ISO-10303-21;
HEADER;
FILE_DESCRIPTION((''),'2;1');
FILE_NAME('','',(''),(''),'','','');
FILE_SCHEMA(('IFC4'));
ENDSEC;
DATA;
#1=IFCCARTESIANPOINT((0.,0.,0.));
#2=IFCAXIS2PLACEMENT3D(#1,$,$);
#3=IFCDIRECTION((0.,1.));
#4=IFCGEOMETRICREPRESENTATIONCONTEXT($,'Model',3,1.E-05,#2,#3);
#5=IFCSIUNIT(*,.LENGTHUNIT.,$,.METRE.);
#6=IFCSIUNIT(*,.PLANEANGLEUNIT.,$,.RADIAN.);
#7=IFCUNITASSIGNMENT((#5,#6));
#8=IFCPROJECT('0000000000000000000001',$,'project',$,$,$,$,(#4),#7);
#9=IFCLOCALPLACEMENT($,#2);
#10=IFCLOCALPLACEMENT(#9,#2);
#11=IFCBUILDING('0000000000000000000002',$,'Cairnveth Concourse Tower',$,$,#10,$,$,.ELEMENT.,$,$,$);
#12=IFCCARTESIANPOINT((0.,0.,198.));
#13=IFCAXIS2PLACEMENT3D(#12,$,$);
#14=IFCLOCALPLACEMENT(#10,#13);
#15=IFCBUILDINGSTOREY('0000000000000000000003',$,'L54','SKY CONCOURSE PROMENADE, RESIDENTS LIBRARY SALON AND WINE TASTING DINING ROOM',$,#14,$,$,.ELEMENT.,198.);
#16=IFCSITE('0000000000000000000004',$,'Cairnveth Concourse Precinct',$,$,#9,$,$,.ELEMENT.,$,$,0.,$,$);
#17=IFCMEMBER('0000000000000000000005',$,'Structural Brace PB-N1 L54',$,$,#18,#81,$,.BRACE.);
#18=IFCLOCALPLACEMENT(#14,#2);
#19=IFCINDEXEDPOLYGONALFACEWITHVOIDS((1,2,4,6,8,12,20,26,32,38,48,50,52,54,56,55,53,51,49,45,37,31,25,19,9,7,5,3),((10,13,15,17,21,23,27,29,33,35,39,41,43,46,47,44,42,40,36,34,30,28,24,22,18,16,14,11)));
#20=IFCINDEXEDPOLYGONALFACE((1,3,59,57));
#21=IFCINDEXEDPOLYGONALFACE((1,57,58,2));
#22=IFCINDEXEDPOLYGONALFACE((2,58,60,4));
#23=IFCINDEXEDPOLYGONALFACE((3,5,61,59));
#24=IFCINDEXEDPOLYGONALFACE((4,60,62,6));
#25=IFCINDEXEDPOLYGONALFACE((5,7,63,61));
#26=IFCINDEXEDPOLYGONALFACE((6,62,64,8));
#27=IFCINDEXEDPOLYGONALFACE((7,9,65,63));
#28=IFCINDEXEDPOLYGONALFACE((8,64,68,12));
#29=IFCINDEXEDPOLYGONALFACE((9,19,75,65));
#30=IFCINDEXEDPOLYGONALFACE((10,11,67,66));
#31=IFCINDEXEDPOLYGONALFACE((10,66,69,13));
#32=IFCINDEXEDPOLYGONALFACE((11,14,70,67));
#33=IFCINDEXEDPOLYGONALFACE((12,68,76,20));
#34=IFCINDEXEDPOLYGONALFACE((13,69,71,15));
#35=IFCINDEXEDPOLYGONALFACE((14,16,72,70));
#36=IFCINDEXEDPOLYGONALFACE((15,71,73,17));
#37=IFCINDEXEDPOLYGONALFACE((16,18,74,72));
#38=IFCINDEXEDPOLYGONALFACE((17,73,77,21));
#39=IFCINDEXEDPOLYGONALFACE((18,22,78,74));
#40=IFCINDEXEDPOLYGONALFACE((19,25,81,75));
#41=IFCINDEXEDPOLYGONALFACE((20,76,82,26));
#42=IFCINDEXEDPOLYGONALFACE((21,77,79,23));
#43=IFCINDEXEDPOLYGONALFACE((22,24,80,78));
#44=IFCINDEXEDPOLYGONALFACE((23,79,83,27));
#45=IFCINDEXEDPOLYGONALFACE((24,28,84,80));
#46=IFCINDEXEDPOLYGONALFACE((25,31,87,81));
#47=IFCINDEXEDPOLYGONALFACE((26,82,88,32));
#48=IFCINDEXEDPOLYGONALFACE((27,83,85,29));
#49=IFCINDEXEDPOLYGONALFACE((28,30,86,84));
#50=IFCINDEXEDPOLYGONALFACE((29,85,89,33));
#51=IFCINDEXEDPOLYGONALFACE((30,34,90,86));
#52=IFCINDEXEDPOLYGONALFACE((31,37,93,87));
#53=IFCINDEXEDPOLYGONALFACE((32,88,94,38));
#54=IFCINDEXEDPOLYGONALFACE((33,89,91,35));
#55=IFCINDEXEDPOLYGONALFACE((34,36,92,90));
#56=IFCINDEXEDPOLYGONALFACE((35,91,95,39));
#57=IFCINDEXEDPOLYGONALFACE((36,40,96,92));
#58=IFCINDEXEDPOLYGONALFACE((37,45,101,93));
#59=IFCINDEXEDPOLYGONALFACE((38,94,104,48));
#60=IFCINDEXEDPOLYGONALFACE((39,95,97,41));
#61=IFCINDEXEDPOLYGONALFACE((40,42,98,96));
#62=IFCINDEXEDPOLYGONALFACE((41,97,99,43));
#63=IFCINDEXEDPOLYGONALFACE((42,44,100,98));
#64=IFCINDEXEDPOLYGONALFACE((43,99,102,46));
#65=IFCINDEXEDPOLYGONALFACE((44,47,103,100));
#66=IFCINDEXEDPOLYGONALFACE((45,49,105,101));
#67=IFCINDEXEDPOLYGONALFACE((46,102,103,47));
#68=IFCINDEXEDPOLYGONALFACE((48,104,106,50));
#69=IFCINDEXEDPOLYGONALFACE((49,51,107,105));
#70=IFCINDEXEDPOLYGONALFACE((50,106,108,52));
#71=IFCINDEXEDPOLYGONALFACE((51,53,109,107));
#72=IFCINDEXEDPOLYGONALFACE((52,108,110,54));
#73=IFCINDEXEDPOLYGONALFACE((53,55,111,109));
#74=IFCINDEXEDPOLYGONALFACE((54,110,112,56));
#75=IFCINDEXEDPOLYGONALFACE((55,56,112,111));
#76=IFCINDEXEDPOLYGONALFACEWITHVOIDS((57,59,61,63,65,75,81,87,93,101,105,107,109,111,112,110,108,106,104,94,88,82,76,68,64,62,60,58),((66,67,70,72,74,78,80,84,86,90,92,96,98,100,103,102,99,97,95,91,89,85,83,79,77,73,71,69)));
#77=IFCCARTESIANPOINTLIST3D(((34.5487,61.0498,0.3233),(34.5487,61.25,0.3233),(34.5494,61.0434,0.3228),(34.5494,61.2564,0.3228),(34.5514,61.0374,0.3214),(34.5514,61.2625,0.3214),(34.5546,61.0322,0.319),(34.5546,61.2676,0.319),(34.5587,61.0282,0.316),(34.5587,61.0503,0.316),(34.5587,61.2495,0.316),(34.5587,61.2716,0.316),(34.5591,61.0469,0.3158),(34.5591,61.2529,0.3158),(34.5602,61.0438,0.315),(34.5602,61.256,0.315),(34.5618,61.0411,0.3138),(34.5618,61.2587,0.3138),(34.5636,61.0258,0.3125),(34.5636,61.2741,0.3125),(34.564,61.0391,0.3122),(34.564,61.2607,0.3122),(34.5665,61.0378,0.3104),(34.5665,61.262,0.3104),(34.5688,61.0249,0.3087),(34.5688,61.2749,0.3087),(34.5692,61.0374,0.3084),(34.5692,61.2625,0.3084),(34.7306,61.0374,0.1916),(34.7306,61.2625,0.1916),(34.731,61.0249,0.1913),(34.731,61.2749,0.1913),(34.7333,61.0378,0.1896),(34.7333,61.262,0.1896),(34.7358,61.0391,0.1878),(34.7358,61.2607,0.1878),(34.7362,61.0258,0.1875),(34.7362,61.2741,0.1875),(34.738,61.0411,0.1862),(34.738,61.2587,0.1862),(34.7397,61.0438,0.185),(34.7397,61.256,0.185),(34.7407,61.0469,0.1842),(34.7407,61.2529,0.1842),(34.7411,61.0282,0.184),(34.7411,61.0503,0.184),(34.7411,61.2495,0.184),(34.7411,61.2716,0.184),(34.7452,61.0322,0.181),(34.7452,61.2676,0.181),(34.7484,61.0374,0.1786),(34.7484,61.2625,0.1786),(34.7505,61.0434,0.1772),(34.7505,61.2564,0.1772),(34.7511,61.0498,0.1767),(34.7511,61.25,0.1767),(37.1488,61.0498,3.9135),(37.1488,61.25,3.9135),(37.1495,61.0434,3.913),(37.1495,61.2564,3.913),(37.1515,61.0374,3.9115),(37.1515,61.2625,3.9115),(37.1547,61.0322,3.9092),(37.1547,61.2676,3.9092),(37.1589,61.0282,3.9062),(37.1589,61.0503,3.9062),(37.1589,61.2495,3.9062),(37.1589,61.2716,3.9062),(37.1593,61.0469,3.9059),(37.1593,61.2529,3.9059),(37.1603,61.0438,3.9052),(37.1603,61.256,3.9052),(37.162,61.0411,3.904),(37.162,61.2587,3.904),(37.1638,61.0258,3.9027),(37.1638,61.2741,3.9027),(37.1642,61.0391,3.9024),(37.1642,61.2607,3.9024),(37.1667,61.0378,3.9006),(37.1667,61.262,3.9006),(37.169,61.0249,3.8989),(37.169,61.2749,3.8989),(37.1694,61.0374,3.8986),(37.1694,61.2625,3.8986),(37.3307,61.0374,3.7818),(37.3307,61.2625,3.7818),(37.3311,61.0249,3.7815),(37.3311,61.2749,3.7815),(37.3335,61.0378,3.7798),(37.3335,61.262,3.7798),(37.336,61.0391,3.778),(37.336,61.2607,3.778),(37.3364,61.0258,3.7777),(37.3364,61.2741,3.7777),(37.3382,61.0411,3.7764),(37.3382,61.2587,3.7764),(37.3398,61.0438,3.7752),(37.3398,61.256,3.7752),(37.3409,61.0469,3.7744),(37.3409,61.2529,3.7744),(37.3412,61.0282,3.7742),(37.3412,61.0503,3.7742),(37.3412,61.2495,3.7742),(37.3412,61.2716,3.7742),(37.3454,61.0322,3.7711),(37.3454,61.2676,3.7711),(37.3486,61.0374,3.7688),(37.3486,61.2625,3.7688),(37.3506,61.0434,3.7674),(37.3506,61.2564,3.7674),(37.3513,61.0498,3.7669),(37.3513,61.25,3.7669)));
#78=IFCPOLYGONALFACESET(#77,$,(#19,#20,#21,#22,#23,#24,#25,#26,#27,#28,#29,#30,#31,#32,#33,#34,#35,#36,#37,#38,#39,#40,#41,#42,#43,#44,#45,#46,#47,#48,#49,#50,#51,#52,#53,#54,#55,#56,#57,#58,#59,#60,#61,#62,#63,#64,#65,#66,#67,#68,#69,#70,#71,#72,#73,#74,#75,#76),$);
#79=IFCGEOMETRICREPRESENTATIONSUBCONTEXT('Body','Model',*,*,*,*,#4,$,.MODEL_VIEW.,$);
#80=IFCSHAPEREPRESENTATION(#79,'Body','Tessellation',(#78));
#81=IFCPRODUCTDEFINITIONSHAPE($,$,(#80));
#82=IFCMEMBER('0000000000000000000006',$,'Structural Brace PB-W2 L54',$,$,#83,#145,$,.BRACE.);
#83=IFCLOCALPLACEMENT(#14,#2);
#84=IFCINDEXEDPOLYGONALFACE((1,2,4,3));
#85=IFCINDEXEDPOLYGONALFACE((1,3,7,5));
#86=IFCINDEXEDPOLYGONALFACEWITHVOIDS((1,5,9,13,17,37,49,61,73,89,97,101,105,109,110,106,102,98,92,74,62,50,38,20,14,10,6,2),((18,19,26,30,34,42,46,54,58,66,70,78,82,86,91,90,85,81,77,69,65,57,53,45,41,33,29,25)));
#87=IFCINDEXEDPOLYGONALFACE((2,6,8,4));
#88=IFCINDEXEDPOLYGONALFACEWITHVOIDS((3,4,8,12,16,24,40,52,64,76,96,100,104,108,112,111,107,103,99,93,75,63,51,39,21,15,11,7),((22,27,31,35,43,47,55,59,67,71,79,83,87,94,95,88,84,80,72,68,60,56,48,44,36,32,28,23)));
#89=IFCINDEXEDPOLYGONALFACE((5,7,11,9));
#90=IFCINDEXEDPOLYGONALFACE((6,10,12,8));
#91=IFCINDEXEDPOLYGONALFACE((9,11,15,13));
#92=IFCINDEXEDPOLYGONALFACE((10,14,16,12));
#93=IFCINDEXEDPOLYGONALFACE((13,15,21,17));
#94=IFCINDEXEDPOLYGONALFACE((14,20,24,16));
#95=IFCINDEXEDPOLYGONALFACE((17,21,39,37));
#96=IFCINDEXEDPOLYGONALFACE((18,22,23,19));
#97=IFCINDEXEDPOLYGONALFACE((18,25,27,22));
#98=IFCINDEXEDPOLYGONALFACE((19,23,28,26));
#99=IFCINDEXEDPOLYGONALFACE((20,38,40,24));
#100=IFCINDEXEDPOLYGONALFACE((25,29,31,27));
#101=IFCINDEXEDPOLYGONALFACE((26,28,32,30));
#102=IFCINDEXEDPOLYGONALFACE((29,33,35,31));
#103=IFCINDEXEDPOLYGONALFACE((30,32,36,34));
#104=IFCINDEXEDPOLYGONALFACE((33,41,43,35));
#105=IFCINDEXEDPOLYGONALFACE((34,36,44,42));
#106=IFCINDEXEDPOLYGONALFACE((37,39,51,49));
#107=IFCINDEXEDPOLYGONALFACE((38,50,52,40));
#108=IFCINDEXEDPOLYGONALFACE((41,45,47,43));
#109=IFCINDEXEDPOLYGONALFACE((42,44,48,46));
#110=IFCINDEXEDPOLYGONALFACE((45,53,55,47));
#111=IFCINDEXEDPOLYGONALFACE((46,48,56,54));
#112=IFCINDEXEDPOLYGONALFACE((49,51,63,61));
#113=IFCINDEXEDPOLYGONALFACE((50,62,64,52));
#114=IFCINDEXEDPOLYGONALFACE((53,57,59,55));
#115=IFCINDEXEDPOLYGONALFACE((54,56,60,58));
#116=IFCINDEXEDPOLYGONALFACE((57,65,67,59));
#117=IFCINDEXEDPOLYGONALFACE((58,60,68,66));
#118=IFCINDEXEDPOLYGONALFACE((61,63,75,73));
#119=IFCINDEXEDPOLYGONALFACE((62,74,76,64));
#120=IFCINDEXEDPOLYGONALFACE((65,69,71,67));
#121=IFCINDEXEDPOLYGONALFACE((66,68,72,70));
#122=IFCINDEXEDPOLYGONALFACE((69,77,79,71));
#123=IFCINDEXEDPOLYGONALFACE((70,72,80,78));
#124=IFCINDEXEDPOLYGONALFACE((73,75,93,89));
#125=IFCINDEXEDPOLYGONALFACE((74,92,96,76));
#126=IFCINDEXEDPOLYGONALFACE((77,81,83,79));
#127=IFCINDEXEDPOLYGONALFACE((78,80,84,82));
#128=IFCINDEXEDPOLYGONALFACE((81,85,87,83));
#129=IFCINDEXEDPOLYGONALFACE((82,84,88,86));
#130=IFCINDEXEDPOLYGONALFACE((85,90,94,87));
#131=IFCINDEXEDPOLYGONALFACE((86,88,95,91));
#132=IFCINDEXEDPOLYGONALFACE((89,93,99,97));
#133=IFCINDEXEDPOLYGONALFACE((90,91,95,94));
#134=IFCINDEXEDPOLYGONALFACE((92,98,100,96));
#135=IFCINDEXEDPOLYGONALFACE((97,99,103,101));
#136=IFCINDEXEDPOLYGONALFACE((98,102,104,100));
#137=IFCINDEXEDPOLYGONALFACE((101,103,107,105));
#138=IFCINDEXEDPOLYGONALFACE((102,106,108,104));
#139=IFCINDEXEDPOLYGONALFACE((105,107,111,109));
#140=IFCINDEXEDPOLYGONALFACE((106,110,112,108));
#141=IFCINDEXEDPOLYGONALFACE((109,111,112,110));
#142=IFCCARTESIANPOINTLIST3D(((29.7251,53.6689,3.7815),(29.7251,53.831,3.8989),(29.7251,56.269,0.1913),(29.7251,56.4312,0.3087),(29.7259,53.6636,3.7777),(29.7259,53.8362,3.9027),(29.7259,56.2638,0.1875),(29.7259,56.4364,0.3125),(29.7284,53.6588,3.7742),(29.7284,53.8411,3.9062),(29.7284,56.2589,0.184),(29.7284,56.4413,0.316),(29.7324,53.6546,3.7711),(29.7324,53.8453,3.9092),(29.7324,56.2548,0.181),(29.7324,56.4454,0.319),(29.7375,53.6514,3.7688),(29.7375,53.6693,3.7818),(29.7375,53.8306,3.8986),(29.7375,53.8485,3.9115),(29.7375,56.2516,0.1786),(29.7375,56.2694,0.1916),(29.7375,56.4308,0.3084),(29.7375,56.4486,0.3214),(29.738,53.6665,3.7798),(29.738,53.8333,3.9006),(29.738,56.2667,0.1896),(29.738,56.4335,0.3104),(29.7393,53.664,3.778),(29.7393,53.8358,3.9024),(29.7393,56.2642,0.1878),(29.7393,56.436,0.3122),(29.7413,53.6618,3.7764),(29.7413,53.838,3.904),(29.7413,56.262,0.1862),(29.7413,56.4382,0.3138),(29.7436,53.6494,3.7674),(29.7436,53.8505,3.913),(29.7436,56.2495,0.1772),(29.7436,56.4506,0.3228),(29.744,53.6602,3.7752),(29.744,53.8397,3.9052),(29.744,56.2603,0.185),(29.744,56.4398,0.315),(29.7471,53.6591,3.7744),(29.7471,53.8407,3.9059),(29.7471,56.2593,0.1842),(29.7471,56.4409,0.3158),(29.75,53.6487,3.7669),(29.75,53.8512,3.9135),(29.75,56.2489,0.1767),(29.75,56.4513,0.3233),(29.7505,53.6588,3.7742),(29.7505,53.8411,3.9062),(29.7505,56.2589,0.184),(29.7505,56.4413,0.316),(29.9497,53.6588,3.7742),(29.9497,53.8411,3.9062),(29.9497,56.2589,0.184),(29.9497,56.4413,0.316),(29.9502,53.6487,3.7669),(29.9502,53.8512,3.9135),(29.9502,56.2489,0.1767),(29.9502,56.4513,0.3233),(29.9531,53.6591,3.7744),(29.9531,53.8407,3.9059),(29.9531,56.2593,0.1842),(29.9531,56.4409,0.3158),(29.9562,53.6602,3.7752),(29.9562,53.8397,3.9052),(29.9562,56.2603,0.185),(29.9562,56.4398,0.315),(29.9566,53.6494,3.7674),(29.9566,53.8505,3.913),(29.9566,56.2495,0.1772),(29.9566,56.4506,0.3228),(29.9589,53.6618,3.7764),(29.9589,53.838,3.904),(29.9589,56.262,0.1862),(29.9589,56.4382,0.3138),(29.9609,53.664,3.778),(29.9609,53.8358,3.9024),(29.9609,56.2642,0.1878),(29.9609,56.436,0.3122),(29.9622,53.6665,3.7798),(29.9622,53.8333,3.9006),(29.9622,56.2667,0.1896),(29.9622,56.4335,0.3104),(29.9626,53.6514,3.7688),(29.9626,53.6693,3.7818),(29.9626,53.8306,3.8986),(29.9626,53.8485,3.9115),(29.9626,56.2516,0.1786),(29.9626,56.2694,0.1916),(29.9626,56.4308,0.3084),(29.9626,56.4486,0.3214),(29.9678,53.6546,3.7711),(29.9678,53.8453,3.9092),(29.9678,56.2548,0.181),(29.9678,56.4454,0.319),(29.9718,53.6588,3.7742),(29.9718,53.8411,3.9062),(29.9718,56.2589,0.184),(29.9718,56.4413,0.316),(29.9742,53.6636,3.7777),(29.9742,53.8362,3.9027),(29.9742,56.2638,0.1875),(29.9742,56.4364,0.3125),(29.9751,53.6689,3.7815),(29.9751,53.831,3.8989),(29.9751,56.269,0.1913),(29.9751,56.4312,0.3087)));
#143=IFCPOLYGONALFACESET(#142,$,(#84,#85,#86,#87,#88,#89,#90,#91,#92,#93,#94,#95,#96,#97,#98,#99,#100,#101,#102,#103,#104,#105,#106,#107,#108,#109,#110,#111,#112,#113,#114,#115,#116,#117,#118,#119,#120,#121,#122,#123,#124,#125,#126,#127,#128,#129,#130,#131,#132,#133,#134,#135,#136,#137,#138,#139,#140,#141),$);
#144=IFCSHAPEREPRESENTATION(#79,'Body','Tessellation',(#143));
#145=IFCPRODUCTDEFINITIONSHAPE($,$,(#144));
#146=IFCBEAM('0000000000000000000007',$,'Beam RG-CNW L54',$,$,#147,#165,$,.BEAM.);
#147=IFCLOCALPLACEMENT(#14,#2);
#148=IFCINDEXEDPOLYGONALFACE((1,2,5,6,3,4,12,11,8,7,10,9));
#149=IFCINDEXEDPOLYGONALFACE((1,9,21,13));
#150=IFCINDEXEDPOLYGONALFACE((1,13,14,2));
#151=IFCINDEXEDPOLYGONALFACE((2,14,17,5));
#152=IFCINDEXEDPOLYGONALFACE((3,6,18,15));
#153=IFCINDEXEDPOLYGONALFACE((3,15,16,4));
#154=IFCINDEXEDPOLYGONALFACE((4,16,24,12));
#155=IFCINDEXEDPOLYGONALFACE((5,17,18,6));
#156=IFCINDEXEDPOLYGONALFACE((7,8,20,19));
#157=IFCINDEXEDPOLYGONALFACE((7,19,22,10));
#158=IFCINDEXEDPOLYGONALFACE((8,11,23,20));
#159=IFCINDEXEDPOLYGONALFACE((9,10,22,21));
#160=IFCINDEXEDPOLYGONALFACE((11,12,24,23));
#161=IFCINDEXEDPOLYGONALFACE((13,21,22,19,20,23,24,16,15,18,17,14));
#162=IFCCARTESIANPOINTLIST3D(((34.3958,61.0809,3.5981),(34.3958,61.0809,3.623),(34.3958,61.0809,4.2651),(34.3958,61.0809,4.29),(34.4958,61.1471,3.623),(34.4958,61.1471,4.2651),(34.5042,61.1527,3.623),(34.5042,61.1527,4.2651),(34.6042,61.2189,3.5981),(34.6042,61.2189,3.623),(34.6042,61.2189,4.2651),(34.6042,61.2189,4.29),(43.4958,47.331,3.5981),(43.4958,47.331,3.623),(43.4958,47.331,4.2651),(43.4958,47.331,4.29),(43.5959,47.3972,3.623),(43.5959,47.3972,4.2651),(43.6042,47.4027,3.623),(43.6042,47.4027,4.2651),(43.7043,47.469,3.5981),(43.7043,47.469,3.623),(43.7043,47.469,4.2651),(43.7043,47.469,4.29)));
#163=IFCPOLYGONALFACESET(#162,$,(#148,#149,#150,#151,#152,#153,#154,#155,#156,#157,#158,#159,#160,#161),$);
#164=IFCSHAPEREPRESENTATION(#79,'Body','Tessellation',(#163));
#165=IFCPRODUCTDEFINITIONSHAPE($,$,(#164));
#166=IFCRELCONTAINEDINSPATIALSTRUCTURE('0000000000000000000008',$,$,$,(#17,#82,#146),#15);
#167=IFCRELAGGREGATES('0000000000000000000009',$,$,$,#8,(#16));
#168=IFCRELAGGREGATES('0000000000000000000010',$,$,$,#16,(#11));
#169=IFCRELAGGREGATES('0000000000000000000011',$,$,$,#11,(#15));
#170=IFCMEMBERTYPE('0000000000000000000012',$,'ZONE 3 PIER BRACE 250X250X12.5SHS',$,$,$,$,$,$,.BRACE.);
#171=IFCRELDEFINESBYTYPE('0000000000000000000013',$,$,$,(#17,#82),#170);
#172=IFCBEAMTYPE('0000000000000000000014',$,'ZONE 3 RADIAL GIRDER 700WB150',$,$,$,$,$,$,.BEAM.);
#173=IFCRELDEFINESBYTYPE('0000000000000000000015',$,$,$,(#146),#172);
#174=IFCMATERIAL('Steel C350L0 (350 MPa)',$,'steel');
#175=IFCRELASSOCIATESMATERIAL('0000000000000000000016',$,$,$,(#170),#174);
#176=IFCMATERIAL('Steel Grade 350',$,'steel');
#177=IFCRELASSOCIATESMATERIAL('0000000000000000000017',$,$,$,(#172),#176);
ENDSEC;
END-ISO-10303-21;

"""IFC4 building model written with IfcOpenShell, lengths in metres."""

from ifc_helpers import new_model, si_unit, direction, frame, origin, origin_2d, place, context, subcontext, project, spatial, hollow_rectangle, i_section, extrude, material, material_profile, profile_set, type_object, element, save


model = new_model("IFC4")

# Units and contexts
model_context = context("Model", 3, precision=1e-05, world=origin(), true_north=direction((0.0, 1.0)))
body_context = subcontext(model_context, "Body", "Model", "MODEL_VIEW")
ifc_project = project(units=[si_unit("LENGTHUNIT", "METRE"), si_unit("PLANEANGLEUNIT", "RADIAN")], contexts=[model_context])

# Site, building, storey
site_placement = place(None, origin())
site = spatial("IfcSite", under=ifc_project, at=site_placement, Name="Cairnveth Concourse Precinct", CompositionType="ELEMENT", RefElevation=0.0)
building_placement = place(site_placement, origin())
building = spatial("IfcBuilding", under=site, at=building_placement, Name="Cairnveth Concourse Tower", CompositionType="ELEMENT")
storey_placement = place(building_placement, frame((0.0, 0.0, 198.0)))
storey = spatial("IfcBuildingStorey", under=building, at=storey_placement, Name="L54", Description="SKY CONCOURSE PROMENADE, RESIDENTS LIBRARY SALON AND WINE TASTING DINING ROOM", CompositionType="ELEMENT", Elevation=198.0)

# Shared definitions
ifc_material_1 = material(Name="Steel Grade 350", Category="steel")

# Members
ifc_material_2 = material(Name="Steel C350L0 (350 MPa)", Category="steel")
ifc_material_profile_1 = material_profile(ifc_material_2, hollow_rectangle(XDim=0.25, YDim=0.25, WallThickness=0.0125, InnerFilletRadius=0.0129, OuterFilletRadius=0.0249, at=origin_2d()), Name="250x250x12.5SHS")
ifc_profile_set_1 = profile_set([ifc_material_profile_1], Name="Steel C350L0 (350 MPa)")
member_type = type_object("IfcMemberType", Name="ZONE 3 PIER BRACE 250X250X12.5SHS", PredefinedType="BRACE", material=ifc_profile_set_1)
for number, where, z_axis, x_axis, name in (
    (1, (34.6499, 61.1499, 0.25), (0.586566, 0.0, 0.809902), (0.0, 1.0, 0.0), "Structural Brace PB-N1 L54"),
    (2, (29.8501, 56.3501, 0.25), (0.0, -0.586566, 0.809902), (1.0, 0.0, 0.0), "Structural Brace PB-W2 L54"),
):
    element("IfcMember", number, at=place(storey_placement, frame(where, z_axis=z_axis, x_axis=x_axis)), inside=storey, type_object=member_type, Name=name, PredefinedType="BRACE", context=body_context, shape_type="SweptSolid", body=[
        extrude(hollow_rectangle(XDim=0.25, YDim=0.25, WallThickness=0.0125, InnerFilletRadius=0.0129, OuterFilletRadius=0.0249, at=origin_2d()), origin(), (0.0, 0.0, 1.0), 4.4329),
    ])

# Beam
ifc_material_profile_2 = material_profile(ifc_material_1, i_section(OverallWidth=0.25, OverallDepth=0.6919, WebThickness=0.01, FlangeThickness=0.0249, at=origin_2d()), Name="700WB150")
ifc_profile_set_2 = profile_set([ifc_material_profile_2], Name="Steel Grade 350")
beam_type_1 = type_object("IfcBeamType", Name="ZONE 3 RADIAL GIRDER 700WB150", PredefinedType="BEAM", material=ifc_profile_set_2)
beam_1_placement = place(storey_placement, frame((34.5, 61.1499, 3.9441), z_axis=(0.551902, -0.833909, 0.0), x_axis=(0.833909, 0.551902, 0.0)))
element("IfcBeam", 3, at=beam_1_placement, inside=storey, type_object=beam_type_1, Name="Beam RG-CNW L54", PredefinedType="BEAM", context=body_context, shape_type="SweptSolid", body=[
    extrude(i_section(OverallWidth=0.25, OverallDepth=0.6919, WebThickness=0.01, FlangeThickness=0.0249, at=origin_2d()), origin(), (0.0, 0.0, 1.0), 16.4885),
])

save(model, "model.ifc")
